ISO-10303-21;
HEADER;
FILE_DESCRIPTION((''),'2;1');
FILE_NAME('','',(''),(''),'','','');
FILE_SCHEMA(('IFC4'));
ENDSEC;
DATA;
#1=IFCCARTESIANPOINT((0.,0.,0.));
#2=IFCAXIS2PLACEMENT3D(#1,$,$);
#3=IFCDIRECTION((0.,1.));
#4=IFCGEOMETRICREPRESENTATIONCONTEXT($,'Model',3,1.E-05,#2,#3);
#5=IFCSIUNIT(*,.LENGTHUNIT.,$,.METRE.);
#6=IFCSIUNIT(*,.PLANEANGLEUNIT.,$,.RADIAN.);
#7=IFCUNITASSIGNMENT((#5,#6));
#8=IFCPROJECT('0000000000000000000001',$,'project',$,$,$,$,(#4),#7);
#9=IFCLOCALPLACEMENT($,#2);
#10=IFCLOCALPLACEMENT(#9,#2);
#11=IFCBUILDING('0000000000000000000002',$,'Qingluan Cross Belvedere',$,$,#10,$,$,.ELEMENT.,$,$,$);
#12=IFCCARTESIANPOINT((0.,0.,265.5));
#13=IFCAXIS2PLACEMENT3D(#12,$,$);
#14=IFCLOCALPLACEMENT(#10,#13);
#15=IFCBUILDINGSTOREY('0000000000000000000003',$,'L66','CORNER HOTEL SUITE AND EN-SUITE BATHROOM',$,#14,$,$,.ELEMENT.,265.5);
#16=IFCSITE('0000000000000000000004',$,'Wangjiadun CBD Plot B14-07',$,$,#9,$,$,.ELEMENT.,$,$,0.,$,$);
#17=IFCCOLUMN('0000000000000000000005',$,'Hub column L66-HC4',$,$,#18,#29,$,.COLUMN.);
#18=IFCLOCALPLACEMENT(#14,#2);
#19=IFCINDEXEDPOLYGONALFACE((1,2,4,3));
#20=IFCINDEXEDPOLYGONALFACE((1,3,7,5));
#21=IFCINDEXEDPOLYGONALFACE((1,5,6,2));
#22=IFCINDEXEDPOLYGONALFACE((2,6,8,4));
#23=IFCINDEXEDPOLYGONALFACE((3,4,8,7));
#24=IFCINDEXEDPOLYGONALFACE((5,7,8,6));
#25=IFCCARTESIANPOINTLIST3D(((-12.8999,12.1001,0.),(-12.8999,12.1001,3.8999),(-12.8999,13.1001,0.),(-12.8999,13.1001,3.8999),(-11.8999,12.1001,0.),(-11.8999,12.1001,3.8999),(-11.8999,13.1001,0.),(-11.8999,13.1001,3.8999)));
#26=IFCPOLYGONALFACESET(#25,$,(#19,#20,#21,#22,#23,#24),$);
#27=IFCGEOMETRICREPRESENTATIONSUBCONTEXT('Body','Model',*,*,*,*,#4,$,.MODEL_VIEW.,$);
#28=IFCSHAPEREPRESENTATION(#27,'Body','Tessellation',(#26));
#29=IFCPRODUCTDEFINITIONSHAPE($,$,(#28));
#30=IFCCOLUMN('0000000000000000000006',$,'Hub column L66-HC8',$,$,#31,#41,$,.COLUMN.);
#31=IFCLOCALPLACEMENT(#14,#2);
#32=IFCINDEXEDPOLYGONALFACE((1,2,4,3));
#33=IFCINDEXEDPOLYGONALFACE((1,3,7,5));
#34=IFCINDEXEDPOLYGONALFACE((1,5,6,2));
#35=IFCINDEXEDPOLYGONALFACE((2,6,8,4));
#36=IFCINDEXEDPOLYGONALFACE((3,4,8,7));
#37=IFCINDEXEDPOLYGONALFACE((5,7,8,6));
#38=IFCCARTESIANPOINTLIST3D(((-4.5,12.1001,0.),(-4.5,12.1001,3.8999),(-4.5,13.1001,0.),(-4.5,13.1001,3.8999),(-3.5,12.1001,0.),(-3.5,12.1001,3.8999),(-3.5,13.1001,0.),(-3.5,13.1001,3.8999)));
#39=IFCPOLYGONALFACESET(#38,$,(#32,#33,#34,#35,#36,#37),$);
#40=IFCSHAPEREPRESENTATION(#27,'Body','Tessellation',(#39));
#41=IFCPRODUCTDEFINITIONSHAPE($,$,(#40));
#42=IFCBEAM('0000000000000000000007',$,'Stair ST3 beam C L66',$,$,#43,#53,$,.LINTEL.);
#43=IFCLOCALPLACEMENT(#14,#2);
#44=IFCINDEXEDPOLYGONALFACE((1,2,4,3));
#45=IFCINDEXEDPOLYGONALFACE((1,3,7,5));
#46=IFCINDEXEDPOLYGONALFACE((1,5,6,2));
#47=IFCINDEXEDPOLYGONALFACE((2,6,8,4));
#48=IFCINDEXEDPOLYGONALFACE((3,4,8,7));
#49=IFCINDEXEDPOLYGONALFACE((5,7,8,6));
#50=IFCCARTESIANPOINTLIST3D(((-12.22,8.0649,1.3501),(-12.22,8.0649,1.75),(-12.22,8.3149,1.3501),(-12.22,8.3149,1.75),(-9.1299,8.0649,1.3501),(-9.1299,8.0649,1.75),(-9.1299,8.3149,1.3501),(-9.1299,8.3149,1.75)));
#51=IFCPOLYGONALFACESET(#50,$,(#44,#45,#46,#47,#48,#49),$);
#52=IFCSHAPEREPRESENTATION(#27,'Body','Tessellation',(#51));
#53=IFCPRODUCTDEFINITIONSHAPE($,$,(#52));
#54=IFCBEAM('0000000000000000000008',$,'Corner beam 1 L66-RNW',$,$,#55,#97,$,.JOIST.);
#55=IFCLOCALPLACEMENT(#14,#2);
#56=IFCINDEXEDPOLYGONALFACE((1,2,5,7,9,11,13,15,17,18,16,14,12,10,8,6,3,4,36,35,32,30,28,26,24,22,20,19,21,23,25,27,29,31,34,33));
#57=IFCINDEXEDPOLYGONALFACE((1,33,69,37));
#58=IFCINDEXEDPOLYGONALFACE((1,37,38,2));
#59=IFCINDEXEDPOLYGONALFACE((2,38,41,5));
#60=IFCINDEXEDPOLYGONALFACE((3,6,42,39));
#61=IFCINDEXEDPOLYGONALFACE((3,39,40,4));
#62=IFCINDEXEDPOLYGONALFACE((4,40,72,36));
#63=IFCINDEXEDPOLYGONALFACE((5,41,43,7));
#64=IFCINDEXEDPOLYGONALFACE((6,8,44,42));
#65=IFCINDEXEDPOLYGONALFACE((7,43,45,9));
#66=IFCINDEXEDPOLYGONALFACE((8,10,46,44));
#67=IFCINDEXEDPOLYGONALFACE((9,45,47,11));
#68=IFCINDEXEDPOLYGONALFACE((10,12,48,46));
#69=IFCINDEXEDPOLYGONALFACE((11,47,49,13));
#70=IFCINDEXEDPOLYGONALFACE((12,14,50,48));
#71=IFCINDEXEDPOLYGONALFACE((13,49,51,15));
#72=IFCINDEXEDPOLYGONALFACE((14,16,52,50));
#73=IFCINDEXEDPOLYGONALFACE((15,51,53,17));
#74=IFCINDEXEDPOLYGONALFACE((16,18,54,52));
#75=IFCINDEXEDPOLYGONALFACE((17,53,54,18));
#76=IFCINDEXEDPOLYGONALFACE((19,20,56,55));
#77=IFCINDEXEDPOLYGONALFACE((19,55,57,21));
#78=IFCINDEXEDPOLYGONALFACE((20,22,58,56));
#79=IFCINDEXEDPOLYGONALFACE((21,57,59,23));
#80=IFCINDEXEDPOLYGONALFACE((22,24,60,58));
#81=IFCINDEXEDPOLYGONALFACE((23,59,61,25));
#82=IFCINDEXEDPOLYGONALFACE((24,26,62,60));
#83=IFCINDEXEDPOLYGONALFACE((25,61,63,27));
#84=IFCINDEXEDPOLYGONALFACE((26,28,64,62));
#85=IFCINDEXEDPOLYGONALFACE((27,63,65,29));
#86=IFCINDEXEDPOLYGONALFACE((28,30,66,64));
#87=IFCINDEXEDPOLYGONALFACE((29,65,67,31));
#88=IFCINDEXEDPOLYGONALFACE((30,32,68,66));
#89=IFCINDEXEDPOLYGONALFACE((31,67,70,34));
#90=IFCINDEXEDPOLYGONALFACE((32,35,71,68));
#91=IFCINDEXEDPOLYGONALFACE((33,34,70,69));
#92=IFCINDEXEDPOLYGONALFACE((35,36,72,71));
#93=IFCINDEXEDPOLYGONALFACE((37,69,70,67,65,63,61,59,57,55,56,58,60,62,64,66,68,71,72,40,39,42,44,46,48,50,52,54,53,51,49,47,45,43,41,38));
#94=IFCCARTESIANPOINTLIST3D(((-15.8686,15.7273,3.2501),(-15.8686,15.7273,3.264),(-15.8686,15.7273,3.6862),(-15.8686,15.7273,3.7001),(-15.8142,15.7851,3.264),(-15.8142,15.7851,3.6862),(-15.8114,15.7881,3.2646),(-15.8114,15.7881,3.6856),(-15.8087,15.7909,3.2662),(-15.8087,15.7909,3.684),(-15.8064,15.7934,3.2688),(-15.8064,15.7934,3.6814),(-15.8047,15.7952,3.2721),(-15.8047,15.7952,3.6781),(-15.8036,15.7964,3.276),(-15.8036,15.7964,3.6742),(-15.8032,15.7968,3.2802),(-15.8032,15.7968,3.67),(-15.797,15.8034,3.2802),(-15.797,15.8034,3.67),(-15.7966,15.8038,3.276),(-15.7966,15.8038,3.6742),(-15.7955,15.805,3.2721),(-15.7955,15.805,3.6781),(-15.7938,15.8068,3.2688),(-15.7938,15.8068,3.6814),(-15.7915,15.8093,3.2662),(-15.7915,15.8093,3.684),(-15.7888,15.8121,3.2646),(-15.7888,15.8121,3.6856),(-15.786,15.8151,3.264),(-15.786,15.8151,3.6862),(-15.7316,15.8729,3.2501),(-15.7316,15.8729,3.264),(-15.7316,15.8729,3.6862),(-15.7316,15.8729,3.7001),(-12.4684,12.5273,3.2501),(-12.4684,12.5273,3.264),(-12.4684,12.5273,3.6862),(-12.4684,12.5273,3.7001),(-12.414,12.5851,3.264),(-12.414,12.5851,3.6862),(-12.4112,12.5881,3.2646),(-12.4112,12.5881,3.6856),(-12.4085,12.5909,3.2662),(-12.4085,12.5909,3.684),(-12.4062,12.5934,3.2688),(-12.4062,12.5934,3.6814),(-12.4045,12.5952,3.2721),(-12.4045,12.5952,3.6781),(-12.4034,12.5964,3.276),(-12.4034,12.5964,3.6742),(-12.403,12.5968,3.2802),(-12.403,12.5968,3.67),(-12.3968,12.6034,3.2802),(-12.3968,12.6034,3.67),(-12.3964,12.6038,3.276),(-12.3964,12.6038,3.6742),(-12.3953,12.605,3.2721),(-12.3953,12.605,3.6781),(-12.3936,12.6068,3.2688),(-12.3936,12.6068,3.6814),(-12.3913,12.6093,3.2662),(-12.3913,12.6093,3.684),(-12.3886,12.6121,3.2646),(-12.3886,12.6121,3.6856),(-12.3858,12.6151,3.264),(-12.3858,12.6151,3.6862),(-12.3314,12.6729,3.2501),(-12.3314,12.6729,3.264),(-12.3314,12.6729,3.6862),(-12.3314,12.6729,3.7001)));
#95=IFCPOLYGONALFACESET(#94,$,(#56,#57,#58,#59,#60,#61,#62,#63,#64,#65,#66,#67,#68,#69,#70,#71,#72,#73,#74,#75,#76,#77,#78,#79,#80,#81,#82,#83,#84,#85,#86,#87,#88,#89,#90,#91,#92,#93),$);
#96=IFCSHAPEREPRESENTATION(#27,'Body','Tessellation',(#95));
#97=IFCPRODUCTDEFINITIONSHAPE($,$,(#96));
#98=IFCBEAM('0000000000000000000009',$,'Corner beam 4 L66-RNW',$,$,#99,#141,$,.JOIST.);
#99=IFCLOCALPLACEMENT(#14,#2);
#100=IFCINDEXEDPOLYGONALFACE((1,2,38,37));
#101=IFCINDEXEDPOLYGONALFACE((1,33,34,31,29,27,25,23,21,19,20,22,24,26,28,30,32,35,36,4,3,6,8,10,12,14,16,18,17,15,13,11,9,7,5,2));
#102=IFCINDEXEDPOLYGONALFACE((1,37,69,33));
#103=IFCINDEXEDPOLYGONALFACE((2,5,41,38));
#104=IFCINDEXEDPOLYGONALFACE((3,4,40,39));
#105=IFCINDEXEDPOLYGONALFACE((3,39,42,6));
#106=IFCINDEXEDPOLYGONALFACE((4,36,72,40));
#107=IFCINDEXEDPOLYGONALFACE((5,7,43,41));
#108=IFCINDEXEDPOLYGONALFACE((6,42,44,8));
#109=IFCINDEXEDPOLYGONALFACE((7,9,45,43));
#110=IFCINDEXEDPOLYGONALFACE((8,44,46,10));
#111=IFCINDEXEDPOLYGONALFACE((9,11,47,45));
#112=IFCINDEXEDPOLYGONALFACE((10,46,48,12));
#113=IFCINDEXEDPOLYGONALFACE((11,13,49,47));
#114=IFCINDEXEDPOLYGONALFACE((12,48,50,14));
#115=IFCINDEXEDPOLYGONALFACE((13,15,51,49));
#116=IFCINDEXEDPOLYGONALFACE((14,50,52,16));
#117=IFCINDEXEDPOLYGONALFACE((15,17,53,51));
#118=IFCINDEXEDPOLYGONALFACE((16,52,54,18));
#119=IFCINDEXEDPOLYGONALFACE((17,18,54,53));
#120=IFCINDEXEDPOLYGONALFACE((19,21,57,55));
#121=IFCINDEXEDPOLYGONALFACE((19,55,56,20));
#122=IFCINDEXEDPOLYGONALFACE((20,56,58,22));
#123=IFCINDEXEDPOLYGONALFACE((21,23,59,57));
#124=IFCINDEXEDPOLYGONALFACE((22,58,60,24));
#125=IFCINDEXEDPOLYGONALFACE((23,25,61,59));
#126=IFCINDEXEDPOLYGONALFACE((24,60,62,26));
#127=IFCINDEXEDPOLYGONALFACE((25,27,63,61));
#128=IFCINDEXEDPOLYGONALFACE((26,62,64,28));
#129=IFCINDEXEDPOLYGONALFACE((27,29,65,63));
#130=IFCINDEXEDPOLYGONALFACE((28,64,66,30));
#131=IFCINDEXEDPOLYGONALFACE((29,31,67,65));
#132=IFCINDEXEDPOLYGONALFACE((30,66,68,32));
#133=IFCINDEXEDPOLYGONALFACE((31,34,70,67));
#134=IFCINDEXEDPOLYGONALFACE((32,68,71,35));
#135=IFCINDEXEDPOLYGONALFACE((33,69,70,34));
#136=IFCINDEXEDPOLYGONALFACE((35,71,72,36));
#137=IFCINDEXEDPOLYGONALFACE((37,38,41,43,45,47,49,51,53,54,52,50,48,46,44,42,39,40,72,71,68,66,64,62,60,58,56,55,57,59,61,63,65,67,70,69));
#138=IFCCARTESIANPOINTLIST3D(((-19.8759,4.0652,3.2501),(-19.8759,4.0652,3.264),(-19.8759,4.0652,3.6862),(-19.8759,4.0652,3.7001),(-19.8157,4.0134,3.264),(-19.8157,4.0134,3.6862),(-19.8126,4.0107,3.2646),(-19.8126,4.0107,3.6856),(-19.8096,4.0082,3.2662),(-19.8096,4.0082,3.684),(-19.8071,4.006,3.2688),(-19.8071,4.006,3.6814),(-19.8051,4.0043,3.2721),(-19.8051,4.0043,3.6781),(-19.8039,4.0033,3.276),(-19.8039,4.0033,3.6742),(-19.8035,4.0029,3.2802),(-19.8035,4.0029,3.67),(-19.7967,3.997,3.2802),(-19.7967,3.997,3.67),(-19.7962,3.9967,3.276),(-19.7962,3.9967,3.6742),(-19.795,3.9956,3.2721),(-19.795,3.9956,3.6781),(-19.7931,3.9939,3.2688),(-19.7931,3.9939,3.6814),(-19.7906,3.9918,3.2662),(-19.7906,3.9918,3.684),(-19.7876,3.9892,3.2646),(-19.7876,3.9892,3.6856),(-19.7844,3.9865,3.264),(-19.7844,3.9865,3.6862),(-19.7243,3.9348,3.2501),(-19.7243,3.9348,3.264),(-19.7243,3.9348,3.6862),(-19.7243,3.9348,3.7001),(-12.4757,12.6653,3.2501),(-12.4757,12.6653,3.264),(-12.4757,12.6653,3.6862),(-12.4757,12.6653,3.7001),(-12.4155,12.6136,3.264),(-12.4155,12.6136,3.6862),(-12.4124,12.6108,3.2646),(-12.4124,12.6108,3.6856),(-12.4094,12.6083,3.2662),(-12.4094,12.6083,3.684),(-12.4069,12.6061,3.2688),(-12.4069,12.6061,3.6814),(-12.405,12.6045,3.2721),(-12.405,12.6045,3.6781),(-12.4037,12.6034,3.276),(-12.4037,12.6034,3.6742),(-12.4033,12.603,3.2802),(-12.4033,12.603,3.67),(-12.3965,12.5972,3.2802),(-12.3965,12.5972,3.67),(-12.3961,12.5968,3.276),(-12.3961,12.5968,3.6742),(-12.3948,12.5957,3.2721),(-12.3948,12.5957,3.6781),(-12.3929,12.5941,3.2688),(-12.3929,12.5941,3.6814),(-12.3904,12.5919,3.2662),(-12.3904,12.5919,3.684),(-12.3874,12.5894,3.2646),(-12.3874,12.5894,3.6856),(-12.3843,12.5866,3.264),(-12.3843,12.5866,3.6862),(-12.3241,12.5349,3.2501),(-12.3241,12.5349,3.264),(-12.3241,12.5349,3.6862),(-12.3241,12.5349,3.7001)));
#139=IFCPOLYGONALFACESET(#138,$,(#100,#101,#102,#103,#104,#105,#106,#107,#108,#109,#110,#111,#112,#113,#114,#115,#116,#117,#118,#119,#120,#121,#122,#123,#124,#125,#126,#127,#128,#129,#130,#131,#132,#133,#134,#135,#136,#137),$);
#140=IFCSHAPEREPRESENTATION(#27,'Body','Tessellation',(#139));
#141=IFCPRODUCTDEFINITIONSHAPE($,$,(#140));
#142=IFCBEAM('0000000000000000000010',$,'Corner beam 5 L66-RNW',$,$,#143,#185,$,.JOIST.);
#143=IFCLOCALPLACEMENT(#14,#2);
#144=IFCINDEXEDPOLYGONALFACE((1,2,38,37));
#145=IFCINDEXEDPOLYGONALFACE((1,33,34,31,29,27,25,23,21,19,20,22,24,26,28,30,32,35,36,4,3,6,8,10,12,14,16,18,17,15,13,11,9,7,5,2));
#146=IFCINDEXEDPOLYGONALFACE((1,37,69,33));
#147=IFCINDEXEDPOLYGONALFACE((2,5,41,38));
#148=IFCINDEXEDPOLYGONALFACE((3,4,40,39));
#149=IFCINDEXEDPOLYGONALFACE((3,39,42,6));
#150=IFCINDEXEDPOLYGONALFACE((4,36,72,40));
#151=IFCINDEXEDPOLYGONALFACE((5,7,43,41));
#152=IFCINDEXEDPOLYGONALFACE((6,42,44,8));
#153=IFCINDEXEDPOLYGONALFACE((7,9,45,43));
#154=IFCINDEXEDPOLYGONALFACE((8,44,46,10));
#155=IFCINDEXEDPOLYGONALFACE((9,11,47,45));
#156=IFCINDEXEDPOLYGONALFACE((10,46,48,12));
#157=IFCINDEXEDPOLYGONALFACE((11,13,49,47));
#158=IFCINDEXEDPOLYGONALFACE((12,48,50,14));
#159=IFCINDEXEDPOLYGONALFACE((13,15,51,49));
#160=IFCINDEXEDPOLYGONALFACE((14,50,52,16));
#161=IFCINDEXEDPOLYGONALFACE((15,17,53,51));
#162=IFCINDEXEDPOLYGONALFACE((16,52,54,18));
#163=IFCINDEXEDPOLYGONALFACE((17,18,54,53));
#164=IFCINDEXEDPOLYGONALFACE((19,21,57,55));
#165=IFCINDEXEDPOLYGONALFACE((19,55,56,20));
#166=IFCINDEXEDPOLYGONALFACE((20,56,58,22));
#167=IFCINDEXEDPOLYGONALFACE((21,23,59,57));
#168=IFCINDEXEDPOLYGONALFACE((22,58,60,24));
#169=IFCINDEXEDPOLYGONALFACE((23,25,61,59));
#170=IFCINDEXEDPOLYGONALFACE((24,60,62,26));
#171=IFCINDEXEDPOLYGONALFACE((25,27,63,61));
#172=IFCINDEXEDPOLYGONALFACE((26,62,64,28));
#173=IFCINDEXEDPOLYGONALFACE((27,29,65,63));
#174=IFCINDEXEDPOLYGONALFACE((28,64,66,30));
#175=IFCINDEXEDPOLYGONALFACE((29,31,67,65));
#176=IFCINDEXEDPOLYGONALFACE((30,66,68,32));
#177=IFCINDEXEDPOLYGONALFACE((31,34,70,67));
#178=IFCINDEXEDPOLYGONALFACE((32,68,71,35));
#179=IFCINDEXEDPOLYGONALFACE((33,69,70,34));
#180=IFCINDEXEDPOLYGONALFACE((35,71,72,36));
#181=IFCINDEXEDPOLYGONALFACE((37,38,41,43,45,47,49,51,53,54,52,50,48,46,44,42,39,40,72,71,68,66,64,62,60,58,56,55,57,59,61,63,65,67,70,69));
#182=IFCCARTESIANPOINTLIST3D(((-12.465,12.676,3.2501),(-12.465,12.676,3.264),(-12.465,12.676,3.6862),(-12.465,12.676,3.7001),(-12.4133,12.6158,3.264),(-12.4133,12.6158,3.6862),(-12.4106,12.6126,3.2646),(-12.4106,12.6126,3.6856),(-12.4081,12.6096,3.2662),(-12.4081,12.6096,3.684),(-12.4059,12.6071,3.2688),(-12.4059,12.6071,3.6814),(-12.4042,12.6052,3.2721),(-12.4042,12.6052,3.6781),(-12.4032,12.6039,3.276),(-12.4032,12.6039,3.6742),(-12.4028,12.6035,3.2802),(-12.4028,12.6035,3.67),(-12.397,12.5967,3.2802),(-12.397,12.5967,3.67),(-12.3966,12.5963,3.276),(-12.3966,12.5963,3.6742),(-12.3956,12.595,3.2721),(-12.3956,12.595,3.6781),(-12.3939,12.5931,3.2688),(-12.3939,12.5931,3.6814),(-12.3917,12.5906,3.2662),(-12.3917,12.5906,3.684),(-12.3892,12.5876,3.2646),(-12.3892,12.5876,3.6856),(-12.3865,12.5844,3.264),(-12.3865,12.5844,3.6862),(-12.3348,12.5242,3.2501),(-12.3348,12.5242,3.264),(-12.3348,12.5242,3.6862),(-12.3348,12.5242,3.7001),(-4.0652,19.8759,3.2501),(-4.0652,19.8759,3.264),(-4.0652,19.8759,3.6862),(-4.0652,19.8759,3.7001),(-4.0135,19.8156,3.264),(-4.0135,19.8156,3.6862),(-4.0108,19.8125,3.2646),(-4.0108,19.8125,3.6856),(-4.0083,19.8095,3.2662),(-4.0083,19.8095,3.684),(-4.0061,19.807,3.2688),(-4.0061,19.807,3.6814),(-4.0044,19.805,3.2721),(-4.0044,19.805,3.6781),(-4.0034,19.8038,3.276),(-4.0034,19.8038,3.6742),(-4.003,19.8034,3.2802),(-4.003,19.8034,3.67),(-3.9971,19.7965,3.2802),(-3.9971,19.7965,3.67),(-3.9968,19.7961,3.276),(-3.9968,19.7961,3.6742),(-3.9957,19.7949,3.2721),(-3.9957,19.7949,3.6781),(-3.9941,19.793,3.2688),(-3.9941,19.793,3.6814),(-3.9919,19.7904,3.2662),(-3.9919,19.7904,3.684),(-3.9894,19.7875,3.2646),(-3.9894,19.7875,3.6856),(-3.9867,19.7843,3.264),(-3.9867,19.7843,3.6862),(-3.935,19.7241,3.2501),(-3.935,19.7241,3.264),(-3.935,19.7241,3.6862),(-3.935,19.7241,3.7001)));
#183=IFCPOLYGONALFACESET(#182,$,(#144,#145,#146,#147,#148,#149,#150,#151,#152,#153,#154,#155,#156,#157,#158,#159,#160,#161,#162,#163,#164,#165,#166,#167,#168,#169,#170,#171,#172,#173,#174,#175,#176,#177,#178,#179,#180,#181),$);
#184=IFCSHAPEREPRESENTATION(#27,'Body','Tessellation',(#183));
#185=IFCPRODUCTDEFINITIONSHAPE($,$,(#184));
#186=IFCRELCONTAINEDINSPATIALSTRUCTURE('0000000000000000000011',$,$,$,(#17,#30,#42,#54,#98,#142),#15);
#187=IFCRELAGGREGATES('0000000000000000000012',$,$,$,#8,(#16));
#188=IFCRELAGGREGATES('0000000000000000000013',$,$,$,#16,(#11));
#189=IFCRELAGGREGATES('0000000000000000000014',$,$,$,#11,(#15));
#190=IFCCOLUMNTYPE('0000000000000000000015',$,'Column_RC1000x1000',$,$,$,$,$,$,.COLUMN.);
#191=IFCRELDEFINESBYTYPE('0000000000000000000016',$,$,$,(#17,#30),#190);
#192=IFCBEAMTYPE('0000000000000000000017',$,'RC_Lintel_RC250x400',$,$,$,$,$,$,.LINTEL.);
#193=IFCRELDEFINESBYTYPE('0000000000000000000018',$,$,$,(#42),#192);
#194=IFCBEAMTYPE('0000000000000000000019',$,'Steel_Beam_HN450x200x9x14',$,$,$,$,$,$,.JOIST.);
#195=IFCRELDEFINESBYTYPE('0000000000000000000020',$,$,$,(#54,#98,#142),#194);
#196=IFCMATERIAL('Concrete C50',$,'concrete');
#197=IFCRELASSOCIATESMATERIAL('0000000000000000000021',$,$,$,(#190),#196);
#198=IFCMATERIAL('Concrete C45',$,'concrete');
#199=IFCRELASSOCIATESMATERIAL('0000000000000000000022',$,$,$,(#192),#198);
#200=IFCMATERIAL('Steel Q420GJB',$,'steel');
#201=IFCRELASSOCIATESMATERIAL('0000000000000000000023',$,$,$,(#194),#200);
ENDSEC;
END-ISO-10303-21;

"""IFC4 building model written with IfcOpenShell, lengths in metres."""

from ifc_helpers import new_model, si_unit, direction, frame, origin, origin_2d, place, context, subcontext, project, spatial, rectangle, i_section, extrude, material, material_profile, profile_set, type_object, element, save


model = new_model("IFC4")

# Units and contexts
model_context = context("Model", 3, precision=1e-05, world=origin(), true_north=direction((0.0, 1.0)))
body_context = subcontext(model_context, "Body", "Model", "MODEL_VIEW")
ifc_project = project(units=[si_unit("LENGTHUNIT", "METRE"), si_unit("PLANEANGLEUNIT", "RADIAN")], contexts=[model_context])

# Site, building, storey
site_placement = place(None, origin())
site = spatial("IfcSite", under=ifc_project, at=site_placement, Name="Wangjiadun CBD Plot B14-07", CompositionType="ELEMENT", RefElevation=0.0)
building_placement = place(site_placement, origin())
building = spatial("IfcBuilding", under=site, at=building_placement, Name="Qingluan Cross Belvedere", CompositionType="ELEMENT")
storey_placement = place(building_placement, frame((0.0, 0.0, 265.5)))
storey = spatial("IfcBuildingStorey", under=building, at=storey_placement, Name="L66", Description="CORNER HOTEL SUITE AND EN-SUITE BATHROOM", CompositionType="ELEMENT", Elevation=265.5)

# Columns
ifc_material_1 = material(Name="Concrete C50", Category="concrete")
ifc_material_profile_1 = material_profile(ifc_material_1, rectangle(XDim=1.0, YDim=1.0, at=origin_2d()), Name="RC1000x1000")
ifc_profile_set_1 = profile_set([ifc_material_profile_1], Name="Concrete C50")
column_type = type_object("IfcColumnType", Name="Column_RC1000x1000", PredefinedType="COLUMN", material=ifc_profile_set_1)
for number, where, z_axis, x_axis, name in (
    (1, (-12.3999, 12.6001, 0.0), (0.0, 0.0, 1.0), (1.0, 0.0, 0.0), "Hub column L66-HC4"),
    (2, (-4.0, 12.6001, 0.0), (0.0, 0.0, 1.0), (1.0, 0.0, 0.0), "Hub column L66-HC8"),
):
    element("IfcColumn", number, at=place(storey_placement, frame(where, z_axis=z_axis, x_axis=x_axis)), inside=storey, type_object=column_type, Name=name, PredefinedType="COLUMN", context=body_context, shape_type="SweptSolid", body=[
        extrude(rectangle(XDim=1.0, YDim=1.0, at=origin_2d()), origin(), (0.0, 0.0, 1.0), 3.8999),
    ])

# Beams
ifc_material_2 = material(Name="Concrete C45", Category="concrete")
ifc_material_profile_2 = material_profile(ifc_material_2, rectangle(XDim=0.25, YDim=0.3999, at=origin_2d()), Name="RC250x400")
ifc_profile_set_2 = profile_set([ifc_material_profile_2], Name="Concrete C45")
beam_type_1 = type_object("IfcBeamType", Name="RC_Lintel_RC250x400", PredefinedType="LINTEL", material=ifc_profile_set_2)
beam_1_placement = place(storey_placement, frame((-12.22, 8.1899, 1.55), z_axis=(1.0, 0.0, 0.0), x_axis=(0.0, 1.0, 0.0)))
element("IfcBeam", 3, at=beam_1_placement, inside=storey, type_object=beam_type_1, Name="Stair ST3 beam C L66", PredefinedType="LINTEL", context=body_context, shape_type="SweptSolid", body=[
    extrude(rectangle(XDim=0.25, YDim=0.3999, at=origin_2d()), origin(), (0.0, 0.0, 1.0), 3.0901),
])
ifc_material_3 = material(Name="Steel Q420GJB", Category="steel")
ifc_material_profile_3 = material_profile(ifc_material_3, i_section(OverallWidth=0.2, OverallDepth=0.45, WebThickness=0.009, FlangeThickness=0.0139, FilletRadius=0.0161, at=origin_2d()), Name="HN450x200x9x14")
ifc_profile_set_3 = profile_set([ifc_material_profile_3], Name="Steel Q420GJB")
beam_type_2 = type_object("IfcBeamType", Name="Steel_Beam_HN450x200x9x14", PredefinedType="JOIST", material=ifc_profile_set_3)
beam_2_placement = place(storey_placement, frame((-12.3999, 12.6001, 3.4751), z_axis=(-0.72822, 0.685343, 0.0), x_axis=(-0.685343, -0.72822, 0.0)))
element("IfcBeam", 4, at=beam_2_placement, inside=storey, type_object=beam_type_2, Name="Corner beam 1 L66-RNW", PredefinedType="JOIST", context=body_context, shape_type="SweptSolid", body=[
    extrude(i_section(OverallWidth=0.2, OverallDepth=0.45, WebThickness=0.009, FlangeThickness=0.0139, FilletRadius=0.0161, at=origin_2d()), origin(), (0.0, 0.0, 1.0), 4.6692),
])
beam_3_placement = place(storey_placement, frame((-12.3999, 12.6001, 3.4751), z_axis=(-0.652245, -0.758008, 0.0), x_axis=(0.758008, -0.652245, 0.0)))
element("IfcBeam", 5, at=beam_3_placement, inside=storey, type_object=beam_type_2, Name="Corner beam 4 L66-RNW", PredefinedType="JOIST", context=body_context, shape_type="SweptSolid", body=[
    extrude(i_section(OverallWidth=0.2, OverallDepth=0.45, WebThickness=0.009, FlangeThickness=0.0139, FilletRadius=0.0161, at=origin_2d()), origin(), (0.0, 0.0, 1.0), 11.3457),
])
beam_4_placement = place(storey_placement, frame((-12.3999, 12.6001, 3.4751), z_axis=(0.759255, 0.650793, 0.0), x_axis=(-0.650793, 0.759255, 0.0)))
element("IfcBeam", 6, at=beam_4_placement, inside=storey, type_object=beam_type_2, Name="Corner beam 5 L66-RNW", PredefinedType="JOIST", context=body_context, shape_type="SweptSolid", body=[
    extrude(i_section(OverallWidth=0.2, OverallDepth=0.45, WebThickness=0.009, FlangeThickness=0.0139, FilletRadius=0.0161, at=origin_2d()), origin(), (0.0, 0.0, 1.0), 11.0632),
])

save(model, "model.ifc")
